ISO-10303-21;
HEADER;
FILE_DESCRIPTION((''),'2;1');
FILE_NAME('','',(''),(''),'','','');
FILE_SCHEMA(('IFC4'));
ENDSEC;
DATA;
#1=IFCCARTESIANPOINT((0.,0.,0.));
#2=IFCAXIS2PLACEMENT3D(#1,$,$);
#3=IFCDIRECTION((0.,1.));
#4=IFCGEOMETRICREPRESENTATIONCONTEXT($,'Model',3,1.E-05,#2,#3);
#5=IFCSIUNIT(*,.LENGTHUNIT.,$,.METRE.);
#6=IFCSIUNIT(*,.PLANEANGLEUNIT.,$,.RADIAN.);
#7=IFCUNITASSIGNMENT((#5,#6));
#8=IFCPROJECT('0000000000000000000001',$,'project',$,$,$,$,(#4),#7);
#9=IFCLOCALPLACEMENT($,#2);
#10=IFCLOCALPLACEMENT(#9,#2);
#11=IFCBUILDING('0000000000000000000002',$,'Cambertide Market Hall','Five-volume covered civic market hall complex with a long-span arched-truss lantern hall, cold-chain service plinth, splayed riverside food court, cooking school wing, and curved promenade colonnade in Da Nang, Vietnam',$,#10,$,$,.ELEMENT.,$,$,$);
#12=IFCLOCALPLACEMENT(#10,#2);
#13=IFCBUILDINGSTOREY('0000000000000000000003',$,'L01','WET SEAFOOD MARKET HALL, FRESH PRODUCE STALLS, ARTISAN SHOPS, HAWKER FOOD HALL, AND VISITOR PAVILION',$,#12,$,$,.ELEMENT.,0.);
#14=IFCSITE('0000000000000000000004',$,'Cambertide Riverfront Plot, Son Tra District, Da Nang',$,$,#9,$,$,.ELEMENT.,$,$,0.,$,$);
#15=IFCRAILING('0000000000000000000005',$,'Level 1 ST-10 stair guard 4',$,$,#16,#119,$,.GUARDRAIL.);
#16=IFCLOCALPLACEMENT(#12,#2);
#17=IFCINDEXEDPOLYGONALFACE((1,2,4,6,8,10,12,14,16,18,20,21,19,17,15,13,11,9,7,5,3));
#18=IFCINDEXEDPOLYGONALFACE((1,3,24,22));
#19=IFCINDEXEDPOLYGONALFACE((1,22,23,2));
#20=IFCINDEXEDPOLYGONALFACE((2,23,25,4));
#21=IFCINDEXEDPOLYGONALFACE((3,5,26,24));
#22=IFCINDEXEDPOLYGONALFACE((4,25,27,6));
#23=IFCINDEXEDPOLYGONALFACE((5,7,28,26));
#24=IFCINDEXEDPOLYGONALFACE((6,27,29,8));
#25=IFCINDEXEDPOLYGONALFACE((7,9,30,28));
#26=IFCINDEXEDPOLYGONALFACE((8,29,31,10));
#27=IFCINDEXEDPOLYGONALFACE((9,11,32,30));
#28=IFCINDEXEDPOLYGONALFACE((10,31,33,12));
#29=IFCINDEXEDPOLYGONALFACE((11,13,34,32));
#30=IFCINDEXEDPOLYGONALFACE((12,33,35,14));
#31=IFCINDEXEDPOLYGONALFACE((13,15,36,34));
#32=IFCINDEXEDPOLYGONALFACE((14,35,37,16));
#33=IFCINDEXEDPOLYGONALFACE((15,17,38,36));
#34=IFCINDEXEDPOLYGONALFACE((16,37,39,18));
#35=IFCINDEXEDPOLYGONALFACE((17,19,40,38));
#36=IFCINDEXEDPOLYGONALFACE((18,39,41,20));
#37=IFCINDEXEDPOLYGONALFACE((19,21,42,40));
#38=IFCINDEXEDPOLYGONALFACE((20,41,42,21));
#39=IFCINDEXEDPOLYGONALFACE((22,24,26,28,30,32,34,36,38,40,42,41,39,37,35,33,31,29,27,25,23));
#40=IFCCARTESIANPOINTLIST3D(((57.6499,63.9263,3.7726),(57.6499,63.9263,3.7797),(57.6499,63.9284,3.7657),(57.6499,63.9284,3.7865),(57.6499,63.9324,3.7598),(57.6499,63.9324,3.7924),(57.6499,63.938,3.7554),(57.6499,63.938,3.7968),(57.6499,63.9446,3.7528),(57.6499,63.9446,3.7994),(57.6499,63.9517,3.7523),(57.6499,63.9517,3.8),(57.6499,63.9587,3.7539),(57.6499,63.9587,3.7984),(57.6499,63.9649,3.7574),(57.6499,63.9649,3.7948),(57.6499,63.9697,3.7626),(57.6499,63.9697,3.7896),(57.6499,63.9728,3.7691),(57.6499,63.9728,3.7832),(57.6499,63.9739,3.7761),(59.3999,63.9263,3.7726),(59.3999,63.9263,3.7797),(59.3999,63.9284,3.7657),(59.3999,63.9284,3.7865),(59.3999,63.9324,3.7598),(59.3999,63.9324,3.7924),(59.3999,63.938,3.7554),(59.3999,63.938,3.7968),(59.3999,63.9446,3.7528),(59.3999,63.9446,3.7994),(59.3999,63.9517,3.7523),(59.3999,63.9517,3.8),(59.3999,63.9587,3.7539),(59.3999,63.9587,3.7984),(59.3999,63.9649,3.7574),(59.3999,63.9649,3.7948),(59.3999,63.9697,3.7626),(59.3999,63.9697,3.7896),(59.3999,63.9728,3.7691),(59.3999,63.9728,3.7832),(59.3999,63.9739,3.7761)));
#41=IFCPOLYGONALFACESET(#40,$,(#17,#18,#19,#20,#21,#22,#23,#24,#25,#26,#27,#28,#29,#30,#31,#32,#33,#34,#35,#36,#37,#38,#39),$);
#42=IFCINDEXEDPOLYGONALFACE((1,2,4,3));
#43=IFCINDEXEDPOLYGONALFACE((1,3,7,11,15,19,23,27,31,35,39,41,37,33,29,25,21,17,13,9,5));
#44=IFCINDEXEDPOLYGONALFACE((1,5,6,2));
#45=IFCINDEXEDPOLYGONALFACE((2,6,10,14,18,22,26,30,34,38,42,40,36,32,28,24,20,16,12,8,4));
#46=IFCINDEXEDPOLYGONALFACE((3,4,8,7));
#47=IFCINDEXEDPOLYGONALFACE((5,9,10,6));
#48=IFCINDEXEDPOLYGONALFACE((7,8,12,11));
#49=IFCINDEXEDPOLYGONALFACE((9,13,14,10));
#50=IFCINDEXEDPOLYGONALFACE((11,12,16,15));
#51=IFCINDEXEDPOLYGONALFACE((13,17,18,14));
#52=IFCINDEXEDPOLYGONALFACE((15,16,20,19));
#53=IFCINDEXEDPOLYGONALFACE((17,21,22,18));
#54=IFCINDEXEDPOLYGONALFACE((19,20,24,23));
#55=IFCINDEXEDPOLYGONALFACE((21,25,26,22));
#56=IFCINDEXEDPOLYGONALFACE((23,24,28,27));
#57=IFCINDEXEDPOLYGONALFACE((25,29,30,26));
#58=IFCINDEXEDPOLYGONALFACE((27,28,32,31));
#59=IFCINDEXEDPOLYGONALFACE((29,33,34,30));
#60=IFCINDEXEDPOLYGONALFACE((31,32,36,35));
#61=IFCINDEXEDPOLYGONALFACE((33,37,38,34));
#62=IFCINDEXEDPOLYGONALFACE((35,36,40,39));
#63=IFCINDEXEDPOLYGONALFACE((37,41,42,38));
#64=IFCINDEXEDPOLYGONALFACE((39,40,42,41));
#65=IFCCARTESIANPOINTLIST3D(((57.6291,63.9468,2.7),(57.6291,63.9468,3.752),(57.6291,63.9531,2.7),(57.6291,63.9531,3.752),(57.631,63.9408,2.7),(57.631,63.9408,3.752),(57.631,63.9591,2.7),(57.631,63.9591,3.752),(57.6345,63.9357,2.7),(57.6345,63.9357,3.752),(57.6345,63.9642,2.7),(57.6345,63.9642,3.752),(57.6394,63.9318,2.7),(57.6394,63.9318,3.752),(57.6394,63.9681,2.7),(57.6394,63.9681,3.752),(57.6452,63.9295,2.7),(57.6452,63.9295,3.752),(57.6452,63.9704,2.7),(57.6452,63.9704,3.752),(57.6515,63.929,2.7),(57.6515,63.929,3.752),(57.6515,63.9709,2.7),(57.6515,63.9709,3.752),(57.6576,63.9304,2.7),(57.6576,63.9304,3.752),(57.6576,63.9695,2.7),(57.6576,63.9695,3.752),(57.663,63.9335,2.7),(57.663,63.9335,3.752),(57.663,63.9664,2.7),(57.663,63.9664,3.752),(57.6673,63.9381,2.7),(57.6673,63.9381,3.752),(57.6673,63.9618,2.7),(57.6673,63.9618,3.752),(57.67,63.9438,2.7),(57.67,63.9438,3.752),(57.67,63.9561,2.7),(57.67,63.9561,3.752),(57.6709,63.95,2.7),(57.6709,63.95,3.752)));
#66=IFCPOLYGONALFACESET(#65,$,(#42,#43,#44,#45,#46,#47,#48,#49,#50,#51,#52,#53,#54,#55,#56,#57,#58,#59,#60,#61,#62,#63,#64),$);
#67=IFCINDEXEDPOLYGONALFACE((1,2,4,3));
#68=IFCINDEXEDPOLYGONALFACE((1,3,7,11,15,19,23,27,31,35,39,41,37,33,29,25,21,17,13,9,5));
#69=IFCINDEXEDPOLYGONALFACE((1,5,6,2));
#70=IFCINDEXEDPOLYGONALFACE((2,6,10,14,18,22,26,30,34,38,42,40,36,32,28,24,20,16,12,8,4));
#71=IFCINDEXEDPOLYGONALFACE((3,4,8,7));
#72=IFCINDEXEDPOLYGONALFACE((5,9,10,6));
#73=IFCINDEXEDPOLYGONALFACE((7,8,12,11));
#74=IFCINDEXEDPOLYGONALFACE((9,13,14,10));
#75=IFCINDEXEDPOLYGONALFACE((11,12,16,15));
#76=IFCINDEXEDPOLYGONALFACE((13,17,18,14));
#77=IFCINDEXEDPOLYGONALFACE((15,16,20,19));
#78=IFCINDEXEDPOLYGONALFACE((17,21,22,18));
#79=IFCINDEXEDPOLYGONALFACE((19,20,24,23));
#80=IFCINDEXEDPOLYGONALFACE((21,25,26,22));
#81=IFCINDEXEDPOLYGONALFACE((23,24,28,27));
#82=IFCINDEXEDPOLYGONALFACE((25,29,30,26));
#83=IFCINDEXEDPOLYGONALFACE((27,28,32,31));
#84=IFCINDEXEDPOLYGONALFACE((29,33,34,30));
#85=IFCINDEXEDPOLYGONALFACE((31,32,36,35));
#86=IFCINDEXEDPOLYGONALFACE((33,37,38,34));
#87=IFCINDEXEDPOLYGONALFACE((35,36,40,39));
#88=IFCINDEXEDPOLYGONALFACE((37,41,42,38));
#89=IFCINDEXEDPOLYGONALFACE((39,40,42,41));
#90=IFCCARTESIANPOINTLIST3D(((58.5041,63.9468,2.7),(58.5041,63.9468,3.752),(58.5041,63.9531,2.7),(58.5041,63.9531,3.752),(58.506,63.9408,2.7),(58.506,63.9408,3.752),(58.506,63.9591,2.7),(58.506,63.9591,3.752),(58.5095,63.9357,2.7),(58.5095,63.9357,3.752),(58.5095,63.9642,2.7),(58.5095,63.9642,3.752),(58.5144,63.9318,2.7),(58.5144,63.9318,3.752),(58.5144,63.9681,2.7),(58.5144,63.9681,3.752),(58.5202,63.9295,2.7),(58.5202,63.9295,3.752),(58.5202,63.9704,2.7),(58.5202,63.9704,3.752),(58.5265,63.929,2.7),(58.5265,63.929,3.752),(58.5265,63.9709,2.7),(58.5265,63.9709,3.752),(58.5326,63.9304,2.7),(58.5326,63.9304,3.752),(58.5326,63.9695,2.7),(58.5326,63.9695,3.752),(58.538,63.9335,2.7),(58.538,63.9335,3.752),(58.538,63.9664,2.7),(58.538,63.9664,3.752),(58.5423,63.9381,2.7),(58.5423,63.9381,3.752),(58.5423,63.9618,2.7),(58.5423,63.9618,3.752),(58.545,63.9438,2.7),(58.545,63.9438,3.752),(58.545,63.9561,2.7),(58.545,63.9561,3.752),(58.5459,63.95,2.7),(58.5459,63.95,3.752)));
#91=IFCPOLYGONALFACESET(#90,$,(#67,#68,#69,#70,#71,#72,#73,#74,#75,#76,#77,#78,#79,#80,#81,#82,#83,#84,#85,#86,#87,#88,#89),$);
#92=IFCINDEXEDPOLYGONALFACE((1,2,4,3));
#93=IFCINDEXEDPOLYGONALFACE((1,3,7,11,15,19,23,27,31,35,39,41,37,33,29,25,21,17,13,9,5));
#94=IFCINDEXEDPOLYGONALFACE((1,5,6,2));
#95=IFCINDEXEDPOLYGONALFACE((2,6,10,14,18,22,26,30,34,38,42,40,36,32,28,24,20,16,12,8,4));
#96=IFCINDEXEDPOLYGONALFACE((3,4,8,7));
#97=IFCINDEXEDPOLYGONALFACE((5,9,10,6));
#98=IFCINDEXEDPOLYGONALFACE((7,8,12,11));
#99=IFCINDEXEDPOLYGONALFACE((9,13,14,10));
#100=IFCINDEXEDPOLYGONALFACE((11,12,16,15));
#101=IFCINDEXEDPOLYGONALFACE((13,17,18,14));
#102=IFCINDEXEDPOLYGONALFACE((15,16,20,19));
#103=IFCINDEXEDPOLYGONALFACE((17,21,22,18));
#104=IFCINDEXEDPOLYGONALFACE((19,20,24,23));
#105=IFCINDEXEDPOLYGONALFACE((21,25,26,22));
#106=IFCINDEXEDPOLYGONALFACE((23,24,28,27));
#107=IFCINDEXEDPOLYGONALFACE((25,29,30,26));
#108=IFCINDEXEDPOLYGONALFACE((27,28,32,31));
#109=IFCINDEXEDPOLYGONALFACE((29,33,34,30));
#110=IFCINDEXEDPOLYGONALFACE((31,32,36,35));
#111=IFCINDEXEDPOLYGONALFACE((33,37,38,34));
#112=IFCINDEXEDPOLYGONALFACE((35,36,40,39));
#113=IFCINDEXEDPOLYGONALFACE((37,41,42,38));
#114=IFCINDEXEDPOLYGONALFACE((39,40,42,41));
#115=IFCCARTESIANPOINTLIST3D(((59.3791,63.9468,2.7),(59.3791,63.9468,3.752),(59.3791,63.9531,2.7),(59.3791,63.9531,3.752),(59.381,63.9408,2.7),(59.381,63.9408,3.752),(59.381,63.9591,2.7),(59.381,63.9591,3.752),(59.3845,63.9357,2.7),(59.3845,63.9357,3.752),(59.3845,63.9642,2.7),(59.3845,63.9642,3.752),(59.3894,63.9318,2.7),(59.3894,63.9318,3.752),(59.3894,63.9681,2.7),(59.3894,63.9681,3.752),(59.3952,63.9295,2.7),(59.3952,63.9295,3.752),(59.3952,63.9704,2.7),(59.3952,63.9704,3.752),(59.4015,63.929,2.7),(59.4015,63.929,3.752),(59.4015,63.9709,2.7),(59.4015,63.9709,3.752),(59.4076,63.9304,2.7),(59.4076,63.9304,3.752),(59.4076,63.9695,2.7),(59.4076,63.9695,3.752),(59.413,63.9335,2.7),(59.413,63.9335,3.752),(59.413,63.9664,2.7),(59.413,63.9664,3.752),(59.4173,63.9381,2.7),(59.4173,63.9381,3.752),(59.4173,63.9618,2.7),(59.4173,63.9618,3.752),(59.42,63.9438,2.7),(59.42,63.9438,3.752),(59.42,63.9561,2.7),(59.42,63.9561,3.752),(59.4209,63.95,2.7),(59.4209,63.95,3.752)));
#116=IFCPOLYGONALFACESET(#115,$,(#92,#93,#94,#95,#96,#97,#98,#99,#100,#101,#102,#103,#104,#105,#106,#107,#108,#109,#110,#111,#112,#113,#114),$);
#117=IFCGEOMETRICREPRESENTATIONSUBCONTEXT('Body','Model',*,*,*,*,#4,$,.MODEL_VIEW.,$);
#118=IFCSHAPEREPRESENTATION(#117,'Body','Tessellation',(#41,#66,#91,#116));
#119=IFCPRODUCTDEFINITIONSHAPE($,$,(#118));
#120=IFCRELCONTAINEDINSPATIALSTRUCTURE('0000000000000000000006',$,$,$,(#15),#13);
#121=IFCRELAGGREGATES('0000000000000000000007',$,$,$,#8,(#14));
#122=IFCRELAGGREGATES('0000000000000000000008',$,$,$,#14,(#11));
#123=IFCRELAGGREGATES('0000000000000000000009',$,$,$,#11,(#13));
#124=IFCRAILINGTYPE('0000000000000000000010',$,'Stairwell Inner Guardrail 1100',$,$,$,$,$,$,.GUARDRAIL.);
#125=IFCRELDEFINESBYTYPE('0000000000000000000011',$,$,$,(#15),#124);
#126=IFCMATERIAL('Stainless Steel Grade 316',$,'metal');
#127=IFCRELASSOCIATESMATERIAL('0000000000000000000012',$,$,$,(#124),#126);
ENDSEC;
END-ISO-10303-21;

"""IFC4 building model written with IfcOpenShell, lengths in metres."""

from ifc_helpers import new_model, si_unit, direction, frame, origin, origin_2d, place, context, subcontext, project, spatial, circle, extrude, material, type_object, element, save


model = new_model("IFC4")

# Units and contexts
model_context = context("Model", 3, precision=1e-05, world=origin(), true_north=direction((0.0, 1.0)))
body_context = subcontext(model_context, "Body", "Model", "MODEL_VIEW")
ifc_project = project(units=[si_unit("LENGTHUNIT", "METRE"), si_unit("PLANEANGLEUNIT", "RADIAN")], contexts=[model_context])

# Site, building, storey
site_placement = place(None, origin())
site = spatial("IfcSite", under=ifc_project, at=site_placement, Name="Cambertide Riverfront Plot, Son Tra District, Da Nang", CompositionType="ELEMENT", RefElevation=0.0)
building_placement = place(site_placement, origin())
building = spatial("IfcBuilding", under=site, at=building_placement, Name="Cambertide Market Hall", Description="Five-volume covered civic market hall complex with a long-span arched-truss lantern hall, cold-chain service plinth, splayed riverside food court, cooking school wing, and curved promenade colonnade in Da Nang, Vietnam", CompositionType="ELEMENT")
storey_placement = place(building_placement, origin())
storey = spatial("IfcBuildingStorey", under=building, at=storey_placement, Name="L01", Description="WET SEAFOOD MARKET HALL, FRESH PRODUCE STALLS, ARTISAN SHOPS, HAWKER FOOD HALL, AND VISITOR PAVILION", CompositionType="ELEMENT", Elevation=0.0)

# Railing
ifc_material_1 = material(Name="Stainless Steel Grade 316", Category="metal")
railing_type_1 = type_object("IfcRailingType", Name="Stairwell Inner Guardrail 1100", PredefinedType="GUARDRAIL", material=ifc_material_1)
for number, where, name in (
    (1, (57.6499, 63.95, 2.7), "Level 1 ST-10 stair guard 4"),
):
    element("IfcRailing", number, at=place(storey_placement, frame(where)), inside=storey, type_object=railing_type_1, Name=name, PredefinedType="GUARDRAIL", context=body_context, shape_type="SweptSolid", body=[
        extrude(circle(Radius=0.0239, at=origin_2d()), frame((0.0, 0.0, 1.0762), z_axis=(1.0, 0.0, 0.0), x_axis=(0.0, 1.0, 0.0)), (0.0, 0.0, 1.0), 1.75),
        extrude(circle(Radius=0.021, at=origin_2d()), origin(), (0.0, 0.0, 1.0), 1.052),
        extrude(circle(Radius=0.021, at=origin_2d()), frame((0.875, 0.0, 0.0)), (0.0, 0.0, 1.0), 1.052),
        extrude(circle(Radius=0.021, at=origin_2d()), frame((1.75, 0.0, 0.0)), (0.0, 0.0, 1.0), 1.052),
    ])

save(model, "model.ifc")
